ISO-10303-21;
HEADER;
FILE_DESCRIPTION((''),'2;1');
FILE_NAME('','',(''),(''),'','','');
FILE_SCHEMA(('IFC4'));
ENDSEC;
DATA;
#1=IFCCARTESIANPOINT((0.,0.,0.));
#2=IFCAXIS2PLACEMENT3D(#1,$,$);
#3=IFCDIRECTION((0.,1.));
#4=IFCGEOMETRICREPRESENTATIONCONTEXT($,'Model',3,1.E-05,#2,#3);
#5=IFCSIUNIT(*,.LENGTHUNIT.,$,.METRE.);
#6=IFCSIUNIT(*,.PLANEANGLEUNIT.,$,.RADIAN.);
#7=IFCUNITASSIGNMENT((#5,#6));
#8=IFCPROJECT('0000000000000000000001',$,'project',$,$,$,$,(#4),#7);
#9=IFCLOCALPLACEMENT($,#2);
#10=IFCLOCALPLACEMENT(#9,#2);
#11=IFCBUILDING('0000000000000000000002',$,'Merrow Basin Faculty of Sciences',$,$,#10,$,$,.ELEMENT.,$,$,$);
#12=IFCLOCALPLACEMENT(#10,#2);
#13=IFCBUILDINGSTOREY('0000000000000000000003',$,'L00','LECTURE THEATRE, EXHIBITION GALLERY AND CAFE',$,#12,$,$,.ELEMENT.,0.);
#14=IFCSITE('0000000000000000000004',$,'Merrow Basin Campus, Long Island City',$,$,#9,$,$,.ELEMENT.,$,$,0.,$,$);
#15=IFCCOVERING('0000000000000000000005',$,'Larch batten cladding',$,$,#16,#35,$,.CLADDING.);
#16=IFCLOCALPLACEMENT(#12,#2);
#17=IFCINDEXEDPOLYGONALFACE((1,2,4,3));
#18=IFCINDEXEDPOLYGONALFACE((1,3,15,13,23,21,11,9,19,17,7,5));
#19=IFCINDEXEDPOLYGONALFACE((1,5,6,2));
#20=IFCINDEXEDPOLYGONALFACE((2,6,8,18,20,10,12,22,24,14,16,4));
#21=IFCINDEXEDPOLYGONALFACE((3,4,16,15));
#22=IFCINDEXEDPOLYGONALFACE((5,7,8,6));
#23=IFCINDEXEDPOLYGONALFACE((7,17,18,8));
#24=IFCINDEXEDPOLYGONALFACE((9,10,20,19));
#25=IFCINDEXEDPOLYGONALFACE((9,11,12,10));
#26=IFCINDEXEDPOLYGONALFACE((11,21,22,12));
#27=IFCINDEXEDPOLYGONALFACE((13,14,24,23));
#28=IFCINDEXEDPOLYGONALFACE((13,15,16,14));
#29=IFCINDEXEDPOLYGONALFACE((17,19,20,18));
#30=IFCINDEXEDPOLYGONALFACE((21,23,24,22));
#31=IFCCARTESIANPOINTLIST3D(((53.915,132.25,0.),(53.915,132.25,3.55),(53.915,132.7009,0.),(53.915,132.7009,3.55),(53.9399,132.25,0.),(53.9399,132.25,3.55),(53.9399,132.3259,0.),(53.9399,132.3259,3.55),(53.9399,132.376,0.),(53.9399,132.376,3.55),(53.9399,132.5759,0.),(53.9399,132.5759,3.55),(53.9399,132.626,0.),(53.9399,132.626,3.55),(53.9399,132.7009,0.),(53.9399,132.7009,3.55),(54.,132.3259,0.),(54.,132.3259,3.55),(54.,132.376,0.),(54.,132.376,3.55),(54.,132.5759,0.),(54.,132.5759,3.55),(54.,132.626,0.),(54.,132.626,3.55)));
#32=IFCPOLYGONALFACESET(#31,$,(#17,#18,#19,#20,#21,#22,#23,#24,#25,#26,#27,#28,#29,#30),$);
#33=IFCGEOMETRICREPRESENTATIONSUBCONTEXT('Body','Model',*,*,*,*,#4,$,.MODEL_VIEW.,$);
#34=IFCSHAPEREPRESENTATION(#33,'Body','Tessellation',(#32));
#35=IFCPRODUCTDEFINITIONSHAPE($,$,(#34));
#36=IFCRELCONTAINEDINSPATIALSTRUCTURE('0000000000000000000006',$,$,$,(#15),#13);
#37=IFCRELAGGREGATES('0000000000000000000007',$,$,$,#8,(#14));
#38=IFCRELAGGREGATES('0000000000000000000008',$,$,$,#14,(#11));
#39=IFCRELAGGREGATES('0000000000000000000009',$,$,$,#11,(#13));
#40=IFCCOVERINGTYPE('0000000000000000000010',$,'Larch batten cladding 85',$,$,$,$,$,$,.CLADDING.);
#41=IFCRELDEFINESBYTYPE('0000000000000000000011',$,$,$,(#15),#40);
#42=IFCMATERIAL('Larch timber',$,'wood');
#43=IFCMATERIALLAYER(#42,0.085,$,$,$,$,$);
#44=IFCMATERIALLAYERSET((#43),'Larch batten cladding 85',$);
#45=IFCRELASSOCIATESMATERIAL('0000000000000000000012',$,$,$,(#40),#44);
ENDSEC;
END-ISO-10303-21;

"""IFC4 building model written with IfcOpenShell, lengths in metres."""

from ifc_helpers import new_model, si_unit, direction, frame, origin, place, context, subcontext, project, spatial, polyline, outline, extrude, source, transform, mapped, material, layer, layer_set, type_object, element, save


model = new_model("IFC4")

# Units and contexts
model_context = context("Model", 3, precision=1e-05, world=origin(), true_north=direction((0.0, 1.0)))
body_context = subcontext(model_context, "Body", "Model", "MODEL_VIEW")
ifc_project = project(units=[si_unit("LENGTHUNIT", "METRE"), si_unit("PLANEANGLEUNIT", "RADIAN")], contexts=[model_context])

# Site, building, storey
site_placement = place(None, origin())
site = spatial("IfcSite", under=ifc_project, at=site_placement, Name="Merrow Basin Campus, Long Island City", CompositionType="ELEMENT", RefElevation=0.0)
building_placement = place(site_placement, origin())
building = spatial("IfcBuilding", under=site, at=building_placement, Name="Merrow Basin Faculty of Sciences", CompositionType="ELEMENT")
storey_placement = place(building_placement, origin())
storey = spatial("IfcBuildingStorey", under=building, at=storey_placement, Name="L00", Description="LECTURE THEATRE, EXHIBITION GALLERY AND CAFE", CompositionType="ELEMENT", Elevation=0.0)

# Covering
ifc_material_1 = material(Name="Larch timber", Category="wood")
ifc_layer_1 = layer(ifc_material_1, 0.085)
ifc_layer_set_1 = layer_set([ifc_layer_1], Name="Larch batten cladding 85")
covering_type = type_object("IfcCoveringType", Name="Larch batten cladding 85", PredefinedType="CLADDING", material=ifc_layer_set_1)
shared_shape_1 = source(origin(), body_context, "Body", "SweptSolid", [
    extrude(outline(polyline([(0.0, 0.0), (0.4509, 0.0), (0.4509, 0.0249), (0.375, 0.0249), (0.375, 0.085), (0.325, 0.085), (0.325, 0.0249), (0.125, 0.0249), (0.125, 0.085), (0.075, 0.085), (0.075, 0.0249), (0.0, 0.0249), (0.0, 0.0)])), origin(), (0.0, 0.0, 1.0), 3.55),
])
covering_1_placement = place(storey_placement, frame((53.915, 132.7009, 0.0), z_axis=(0.0, 0.0, 1.0), x_axis=(0.0, -1.0, 0.0)))
element("IfcCovering", 1, at=covering_1_placement, inside=storey, type_object=covering_type, Name="Larch batten cladding", PredefinedType="CLADDING", context=body_context, shape_type="MappedRepresentation", body=[
    mapped(shared_shape_1, transform((0.0, 0.0, 0.0), scale=1.0)),
])

save(model, "model.ifc")
